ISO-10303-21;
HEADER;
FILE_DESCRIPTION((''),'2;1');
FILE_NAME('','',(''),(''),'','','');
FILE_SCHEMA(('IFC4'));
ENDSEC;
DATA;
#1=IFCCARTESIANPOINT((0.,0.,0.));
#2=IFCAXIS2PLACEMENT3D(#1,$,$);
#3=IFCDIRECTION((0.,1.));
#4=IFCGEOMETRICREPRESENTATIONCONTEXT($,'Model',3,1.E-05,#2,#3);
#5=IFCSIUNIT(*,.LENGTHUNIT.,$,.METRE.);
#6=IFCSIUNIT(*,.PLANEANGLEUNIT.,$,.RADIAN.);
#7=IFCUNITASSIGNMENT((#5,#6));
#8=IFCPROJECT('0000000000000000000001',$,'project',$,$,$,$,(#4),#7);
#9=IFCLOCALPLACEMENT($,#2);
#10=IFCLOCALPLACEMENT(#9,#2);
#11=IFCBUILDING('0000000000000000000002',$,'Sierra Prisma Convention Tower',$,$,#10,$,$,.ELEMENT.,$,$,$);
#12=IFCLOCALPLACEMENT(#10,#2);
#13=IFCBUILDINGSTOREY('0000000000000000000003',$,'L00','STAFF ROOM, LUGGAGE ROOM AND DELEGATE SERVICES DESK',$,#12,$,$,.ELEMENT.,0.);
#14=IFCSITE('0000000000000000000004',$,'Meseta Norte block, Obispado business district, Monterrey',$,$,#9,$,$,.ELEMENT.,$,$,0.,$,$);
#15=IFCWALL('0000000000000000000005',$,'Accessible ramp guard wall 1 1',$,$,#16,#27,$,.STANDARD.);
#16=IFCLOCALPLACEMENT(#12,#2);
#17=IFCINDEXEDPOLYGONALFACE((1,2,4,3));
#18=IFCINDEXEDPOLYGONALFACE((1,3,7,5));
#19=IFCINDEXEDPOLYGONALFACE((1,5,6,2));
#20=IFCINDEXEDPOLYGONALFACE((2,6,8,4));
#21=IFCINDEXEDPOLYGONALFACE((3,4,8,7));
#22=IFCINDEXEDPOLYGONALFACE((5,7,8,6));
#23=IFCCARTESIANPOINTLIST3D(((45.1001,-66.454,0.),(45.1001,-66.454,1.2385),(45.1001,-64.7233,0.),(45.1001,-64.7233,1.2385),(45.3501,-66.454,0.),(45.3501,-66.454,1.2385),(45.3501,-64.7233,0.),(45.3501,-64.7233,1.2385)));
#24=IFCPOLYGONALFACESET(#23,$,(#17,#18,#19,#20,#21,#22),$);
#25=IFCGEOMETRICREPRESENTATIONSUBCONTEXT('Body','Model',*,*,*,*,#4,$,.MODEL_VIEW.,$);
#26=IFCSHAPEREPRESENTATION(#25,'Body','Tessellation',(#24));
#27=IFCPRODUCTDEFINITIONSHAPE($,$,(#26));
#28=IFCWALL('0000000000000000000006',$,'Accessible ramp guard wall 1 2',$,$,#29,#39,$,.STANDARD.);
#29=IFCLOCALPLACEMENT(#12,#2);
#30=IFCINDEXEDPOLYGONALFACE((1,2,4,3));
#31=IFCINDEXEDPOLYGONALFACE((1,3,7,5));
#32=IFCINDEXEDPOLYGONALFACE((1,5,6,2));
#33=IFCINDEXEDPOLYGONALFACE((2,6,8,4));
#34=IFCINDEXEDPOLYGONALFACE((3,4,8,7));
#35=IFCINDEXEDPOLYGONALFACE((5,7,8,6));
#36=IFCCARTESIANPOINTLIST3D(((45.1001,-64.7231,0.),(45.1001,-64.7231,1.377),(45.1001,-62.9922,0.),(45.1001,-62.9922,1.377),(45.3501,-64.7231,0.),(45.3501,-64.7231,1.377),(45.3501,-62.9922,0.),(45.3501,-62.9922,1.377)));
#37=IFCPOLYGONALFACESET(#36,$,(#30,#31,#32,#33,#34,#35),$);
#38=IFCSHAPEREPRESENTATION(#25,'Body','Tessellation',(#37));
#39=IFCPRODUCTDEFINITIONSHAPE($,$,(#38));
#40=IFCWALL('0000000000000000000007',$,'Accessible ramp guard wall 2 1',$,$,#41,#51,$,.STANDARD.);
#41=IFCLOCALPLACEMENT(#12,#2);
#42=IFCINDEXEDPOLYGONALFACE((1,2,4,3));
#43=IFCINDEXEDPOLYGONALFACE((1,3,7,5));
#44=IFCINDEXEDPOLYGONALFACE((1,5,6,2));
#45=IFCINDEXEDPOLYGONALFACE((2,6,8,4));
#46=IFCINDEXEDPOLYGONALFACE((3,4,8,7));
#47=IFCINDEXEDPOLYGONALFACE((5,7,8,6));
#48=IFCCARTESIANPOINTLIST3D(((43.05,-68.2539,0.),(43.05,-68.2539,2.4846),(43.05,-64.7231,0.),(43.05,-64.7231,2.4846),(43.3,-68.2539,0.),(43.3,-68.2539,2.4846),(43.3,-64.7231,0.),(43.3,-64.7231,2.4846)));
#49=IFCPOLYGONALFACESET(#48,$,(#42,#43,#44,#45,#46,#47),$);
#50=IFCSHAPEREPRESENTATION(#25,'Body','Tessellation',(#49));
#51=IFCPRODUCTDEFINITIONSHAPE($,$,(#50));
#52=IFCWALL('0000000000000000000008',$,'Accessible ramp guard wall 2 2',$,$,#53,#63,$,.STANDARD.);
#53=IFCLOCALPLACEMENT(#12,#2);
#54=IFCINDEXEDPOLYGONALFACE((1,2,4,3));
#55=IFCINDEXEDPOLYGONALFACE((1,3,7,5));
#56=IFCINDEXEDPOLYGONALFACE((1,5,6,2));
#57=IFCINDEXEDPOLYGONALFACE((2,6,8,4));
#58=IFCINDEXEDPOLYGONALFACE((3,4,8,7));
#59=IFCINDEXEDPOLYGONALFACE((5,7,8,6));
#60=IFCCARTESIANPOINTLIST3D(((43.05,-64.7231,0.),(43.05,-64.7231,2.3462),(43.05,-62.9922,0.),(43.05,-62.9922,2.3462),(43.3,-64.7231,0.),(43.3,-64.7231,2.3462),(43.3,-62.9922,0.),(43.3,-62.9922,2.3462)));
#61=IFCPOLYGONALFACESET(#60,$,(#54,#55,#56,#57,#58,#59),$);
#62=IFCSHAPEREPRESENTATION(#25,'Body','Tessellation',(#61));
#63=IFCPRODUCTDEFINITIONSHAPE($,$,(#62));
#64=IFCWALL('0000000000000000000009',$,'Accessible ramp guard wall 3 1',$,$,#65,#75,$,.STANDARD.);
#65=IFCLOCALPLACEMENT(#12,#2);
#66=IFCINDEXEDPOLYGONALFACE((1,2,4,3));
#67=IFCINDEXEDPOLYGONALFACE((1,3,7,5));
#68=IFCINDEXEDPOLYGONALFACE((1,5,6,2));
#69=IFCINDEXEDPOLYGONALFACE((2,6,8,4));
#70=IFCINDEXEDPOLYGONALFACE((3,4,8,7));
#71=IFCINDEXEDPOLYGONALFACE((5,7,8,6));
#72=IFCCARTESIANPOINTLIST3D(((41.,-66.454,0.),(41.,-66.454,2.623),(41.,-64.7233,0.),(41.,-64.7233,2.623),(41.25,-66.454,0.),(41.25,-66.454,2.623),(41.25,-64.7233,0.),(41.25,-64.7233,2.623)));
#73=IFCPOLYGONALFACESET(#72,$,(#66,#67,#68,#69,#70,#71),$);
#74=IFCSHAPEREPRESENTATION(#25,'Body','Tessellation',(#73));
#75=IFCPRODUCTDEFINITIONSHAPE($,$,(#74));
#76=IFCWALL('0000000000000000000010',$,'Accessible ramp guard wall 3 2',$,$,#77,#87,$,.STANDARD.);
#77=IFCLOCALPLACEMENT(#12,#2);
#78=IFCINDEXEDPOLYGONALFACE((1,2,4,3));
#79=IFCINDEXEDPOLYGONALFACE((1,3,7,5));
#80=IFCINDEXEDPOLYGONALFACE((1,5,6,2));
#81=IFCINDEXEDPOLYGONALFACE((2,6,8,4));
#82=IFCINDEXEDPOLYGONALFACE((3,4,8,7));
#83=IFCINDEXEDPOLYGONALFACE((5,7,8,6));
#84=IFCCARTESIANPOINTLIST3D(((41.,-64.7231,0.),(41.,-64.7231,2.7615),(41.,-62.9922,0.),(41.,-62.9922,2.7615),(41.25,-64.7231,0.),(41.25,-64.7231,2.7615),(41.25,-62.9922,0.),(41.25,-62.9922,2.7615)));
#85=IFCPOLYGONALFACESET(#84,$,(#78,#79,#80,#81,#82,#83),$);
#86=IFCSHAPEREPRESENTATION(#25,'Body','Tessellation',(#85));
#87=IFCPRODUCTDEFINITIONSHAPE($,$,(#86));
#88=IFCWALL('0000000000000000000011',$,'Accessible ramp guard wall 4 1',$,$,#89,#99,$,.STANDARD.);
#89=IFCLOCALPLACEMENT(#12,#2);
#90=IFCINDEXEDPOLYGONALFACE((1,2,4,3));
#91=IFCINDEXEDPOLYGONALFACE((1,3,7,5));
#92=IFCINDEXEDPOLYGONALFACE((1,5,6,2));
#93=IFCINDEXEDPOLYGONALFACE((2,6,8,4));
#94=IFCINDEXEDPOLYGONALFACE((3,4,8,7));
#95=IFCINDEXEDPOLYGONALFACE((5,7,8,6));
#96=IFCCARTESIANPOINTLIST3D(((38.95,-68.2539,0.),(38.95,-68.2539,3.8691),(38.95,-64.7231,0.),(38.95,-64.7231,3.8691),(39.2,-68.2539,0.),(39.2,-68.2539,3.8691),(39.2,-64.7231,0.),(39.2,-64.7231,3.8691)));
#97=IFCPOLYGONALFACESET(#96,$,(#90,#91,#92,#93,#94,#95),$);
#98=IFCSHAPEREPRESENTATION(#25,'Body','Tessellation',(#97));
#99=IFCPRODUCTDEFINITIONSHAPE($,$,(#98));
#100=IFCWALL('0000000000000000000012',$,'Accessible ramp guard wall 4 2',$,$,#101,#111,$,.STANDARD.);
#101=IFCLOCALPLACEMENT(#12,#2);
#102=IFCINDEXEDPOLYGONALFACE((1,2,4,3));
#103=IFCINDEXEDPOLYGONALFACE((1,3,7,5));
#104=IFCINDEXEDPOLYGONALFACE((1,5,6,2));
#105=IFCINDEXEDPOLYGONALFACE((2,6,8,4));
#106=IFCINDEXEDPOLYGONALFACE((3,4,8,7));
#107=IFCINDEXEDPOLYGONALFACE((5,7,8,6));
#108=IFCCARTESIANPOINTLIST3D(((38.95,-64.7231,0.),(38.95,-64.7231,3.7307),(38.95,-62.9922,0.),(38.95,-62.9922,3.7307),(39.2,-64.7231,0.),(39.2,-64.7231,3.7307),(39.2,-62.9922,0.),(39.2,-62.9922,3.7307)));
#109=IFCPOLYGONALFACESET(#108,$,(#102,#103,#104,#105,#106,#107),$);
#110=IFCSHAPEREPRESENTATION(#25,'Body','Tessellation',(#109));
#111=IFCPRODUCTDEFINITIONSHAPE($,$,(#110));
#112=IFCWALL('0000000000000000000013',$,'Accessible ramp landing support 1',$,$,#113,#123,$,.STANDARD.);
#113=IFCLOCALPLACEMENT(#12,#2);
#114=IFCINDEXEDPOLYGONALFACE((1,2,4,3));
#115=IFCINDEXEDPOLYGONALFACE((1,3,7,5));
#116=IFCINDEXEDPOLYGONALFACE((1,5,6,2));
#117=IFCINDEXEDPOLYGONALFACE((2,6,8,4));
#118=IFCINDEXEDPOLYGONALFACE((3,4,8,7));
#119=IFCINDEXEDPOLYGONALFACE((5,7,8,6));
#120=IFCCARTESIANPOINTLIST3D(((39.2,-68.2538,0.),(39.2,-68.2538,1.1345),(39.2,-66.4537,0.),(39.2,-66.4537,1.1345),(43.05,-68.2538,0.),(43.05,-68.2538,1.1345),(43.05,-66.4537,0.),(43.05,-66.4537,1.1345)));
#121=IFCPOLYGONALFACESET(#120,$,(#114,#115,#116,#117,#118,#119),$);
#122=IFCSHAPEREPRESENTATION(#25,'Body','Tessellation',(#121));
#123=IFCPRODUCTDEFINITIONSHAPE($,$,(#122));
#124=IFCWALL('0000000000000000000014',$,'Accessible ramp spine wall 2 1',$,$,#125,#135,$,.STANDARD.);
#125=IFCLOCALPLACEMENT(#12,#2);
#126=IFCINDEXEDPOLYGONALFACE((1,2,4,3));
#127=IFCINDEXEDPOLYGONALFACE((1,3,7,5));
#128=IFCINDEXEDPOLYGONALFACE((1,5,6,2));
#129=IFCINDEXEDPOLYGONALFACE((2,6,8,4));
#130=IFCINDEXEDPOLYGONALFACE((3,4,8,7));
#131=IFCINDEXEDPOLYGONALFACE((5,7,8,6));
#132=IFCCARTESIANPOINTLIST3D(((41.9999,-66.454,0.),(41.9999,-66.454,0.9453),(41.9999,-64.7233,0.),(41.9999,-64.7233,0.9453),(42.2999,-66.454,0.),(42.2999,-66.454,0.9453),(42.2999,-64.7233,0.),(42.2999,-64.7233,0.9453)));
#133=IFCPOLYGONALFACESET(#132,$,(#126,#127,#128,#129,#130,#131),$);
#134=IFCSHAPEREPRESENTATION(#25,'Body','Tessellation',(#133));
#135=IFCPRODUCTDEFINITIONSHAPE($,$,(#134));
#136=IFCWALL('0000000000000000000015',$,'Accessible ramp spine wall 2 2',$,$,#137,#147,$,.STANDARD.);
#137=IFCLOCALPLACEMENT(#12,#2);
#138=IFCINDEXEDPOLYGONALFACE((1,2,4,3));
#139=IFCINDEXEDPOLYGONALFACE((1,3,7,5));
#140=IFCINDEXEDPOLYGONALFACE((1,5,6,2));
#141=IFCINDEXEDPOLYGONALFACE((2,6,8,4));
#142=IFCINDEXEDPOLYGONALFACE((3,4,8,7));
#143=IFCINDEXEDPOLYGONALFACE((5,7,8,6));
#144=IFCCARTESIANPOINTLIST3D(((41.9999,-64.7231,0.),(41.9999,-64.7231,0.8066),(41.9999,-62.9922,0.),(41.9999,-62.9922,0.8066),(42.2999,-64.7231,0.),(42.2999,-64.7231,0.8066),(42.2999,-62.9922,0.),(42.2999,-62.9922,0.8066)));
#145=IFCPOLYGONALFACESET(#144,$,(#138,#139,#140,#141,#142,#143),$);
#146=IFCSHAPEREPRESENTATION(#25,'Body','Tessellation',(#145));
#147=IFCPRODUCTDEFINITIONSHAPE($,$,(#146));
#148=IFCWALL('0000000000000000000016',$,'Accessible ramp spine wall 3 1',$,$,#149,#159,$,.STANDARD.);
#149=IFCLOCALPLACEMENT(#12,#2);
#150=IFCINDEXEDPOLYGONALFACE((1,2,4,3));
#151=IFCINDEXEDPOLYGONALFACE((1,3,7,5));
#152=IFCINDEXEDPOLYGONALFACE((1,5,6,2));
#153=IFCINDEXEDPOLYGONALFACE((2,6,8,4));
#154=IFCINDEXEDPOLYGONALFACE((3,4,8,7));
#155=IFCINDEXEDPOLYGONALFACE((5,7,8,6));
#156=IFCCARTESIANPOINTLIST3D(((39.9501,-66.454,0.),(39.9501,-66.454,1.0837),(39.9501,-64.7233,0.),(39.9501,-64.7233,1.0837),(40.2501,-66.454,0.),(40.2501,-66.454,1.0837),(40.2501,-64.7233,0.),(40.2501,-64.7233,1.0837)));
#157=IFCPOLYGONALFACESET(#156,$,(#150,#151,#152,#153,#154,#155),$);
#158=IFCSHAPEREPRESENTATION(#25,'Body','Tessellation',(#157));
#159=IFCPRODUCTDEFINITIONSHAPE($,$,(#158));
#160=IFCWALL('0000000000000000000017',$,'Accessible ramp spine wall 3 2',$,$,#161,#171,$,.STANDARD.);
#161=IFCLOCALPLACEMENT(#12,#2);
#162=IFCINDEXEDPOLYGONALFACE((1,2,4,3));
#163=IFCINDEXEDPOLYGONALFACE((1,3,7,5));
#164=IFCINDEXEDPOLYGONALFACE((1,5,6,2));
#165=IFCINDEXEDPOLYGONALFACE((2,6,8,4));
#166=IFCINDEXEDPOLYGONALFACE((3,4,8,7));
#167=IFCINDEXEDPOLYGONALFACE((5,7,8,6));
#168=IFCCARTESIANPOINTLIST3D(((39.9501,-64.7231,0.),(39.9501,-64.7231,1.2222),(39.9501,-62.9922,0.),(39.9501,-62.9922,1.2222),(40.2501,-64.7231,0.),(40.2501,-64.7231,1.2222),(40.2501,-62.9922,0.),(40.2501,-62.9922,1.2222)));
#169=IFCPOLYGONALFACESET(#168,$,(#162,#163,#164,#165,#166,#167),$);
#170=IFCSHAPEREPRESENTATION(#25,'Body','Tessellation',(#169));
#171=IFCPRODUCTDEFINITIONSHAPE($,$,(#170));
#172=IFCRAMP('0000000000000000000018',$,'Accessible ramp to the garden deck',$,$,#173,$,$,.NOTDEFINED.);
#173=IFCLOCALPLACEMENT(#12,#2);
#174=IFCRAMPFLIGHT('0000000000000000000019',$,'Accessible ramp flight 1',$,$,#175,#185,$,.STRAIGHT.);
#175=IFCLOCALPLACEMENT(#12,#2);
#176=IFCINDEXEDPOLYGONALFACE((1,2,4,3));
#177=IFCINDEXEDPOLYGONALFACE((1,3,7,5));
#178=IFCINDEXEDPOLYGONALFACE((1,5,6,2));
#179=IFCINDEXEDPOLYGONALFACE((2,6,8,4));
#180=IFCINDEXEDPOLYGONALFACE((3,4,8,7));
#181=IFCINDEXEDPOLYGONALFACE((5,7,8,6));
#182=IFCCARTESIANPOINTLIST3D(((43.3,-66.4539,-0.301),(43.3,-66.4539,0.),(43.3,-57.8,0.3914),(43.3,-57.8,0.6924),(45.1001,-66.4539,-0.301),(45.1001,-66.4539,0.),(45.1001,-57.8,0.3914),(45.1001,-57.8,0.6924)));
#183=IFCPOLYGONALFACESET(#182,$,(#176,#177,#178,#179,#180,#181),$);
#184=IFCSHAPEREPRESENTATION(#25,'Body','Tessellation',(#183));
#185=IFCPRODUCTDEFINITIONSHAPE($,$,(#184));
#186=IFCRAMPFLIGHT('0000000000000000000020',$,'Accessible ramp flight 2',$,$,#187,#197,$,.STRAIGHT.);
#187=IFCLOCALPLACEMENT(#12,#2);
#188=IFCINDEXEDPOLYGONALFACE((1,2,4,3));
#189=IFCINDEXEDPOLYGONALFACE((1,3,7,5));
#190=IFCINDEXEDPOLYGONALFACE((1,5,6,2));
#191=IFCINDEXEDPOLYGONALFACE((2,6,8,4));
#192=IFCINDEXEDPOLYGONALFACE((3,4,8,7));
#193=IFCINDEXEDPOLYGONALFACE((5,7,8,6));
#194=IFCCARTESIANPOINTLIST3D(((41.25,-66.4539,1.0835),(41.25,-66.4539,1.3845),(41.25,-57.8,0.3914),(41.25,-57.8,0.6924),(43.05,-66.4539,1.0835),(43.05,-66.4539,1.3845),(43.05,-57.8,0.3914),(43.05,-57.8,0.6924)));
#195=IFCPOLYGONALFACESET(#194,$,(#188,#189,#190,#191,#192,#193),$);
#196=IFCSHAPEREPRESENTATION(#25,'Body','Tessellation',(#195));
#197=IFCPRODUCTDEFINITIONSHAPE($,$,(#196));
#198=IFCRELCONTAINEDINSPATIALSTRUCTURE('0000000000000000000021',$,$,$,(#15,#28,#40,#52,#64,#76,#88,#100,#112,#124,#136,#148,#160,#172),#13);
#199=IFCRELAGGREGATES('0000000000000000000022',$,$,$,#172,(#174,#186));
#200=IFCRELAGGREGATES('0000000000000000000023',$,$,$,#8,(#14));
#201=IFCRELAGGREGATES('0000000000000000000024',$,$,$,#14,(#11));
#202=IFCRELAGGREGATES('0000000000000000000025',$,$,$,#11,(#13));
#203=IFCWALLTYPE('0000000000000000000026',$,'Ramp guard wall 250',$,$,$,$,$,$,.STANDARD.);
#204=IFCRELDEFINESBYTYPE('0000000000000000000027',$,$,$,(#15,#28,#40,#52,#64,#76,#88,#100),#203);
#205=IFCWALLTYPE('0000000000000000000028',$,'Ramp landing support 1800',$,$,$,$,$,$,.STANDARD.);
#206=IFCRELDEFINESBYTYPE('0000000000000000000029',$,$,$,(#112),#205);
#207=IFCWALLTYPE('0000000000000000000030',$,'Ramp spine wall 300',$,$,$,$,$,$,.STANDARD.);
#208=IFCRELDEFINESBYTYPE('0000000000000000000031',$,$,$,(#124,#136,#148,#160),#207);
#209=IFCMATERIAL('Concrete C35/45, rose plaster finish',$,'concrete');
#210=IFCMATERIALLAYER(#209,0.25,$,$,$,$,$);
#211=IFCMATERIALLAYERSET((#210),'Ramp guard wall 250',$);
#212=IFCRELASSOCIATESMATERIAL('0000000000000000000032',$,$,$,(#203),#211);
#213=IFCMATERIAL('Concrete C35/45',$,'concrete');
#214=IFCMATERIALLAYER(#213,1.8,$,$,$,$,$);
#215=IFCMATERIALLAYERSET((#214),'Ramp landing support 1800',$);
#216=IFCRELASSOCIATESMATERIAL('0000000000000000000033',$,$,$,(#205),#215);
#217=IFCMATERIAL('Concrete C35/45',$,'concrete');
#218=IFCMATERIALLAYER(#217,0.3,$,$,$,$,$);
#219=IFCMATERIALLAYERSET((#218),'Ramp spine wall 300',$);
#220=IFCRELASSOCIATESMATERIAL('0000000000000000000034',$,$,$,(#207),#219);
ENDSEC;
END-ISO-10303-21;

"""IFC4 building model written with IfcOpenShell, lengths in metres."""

from ifc_helpers import new_model, si_unit, direction, frame, frame_2d, origin, place, context, subcontext, project, spatial, polyline, rectangle, outline, extrude, material, layer, layer_set, type_object, element, aggregate, save


model = new_model("IFC4")

# Units and contexts
model_context = context("Model", 3, precision=1e-05, world=origin(), true_north=direction((0.0, 1.0)))
body_context = subcontext(model_context, "Body", "Model", "MODEL_VIEW")
ifc_project = project(units=[si_unit("LENGTHUNIT", "METRE"), si_unit("PLANEANGLEUNIT", "RADIAN")], contexts=[model_context])

# Site, building, storey
site_placement = place(None, origin())
site = spatial("IfcSite", under=ifc_project, at=site_placement, Name="Meseta Norte block, Obispado business district, Monterrey", CompositionType="ELEMENT", RefElevation=0.0)
building_placement = place(site_placement, origin())
building = spatial("IfcBuilding", under=site, at=building_placement, Name="Sierra Prisma Convention Tower", CompositionType="ELEMENT")
storey_placement = place(building_placement, origin())
storey = spatial("IfcBuildingStorey", under=building, at=storey_placement, Name="L00", Description="STAFF ROOM, LUGGAGE ROOM AND DELEGATE SERVICES DESK", CompositionType="ELEMENT", Elevation=0.0)

# Walls
ifc_material_1 = material(Name="Concrete C35/45, rose plaster finish", Category="concrete")
ifc_layer_1 = layer(ifc_material_1, 0.25)
ifc_layer_set_1 = layer_set([ifc_layer_1], Name="Ramp guard wall 250")
wall_type_1 = type_object("IfcWallType", Name="Ramp guard wall 250", PredefinedType="STANDARD", material=ifc_layer_set_1)
wall_1_placement = place(storey_placement, frame((45.2251, -66.4539, 0.0), z_axis=(0.0, 0.0, 1.0), x_axis=(0.0, 1.0, 0.0)))
element("IfcWall", 1, at=wall_1_placement, inside=storey, type_object=wall_type_1, Name="Accessible ramp guard wall 1 1", PredefinedType="STANDARD", context=body_context, shape_type="SweptSolid", body=[
    extrude(rectangle(XDim=1.7307, YDim=0.25, at=frame_2d((0.8652, 0.0))), origin(), (0.0, 0.0, 1.0), 1.2385),
])
wall_2_placement = place(storey_placement, frame((45.2251, -64.7231, 0.0), z_axis=(0.0, 0.0, 1.0), x_axis=(0.0, 1.0, 0.0)))
element("IfcWall", 2, at=wall_2_placement, inside=storey, type_object=wall_type_1, Name="Accessible ramp guard wall 1 2", PredefinedType="STANDARD", context=body_context, shape_type="SweptSolid", body=[
    extrude(rectangle(XDim=1.731, YDim=0.25, at=frame_2d((0.8655, 0.0))), origin(), (0.0, 0.0, 1.0), 1.377),
])
wall_3_placement = place(storey_placement, frame((43.175, -68.2539, 0.0), z_axis=(0.0, 0.0, 1.0), x_axis=(0.0, 1.0, 0.0)))
element("IfcWall", 3, at=wall_3_placement, inside=storey, type_object=wall_type_1, Name="Accessible ramp guard wall 2 1", PredefinedType="STANDARD", context=body_context, shape_type="SweptSolid", body=[
    extrude(rectangle(XDim=3.5308, YDim=0.25, at=frame_2d((1.7654, 0.0))), origin(), (0.0, 0.0, 1.0), 2.4846),
])
wall_4_placement = place(storey_placement, frame((43.175, -64.7231, 0.0), z_axis=(0.0, 0.0, 1.0), x_axis=(0.0, 1.0, 0.0)))
element("IfcWall", 4, at=wall_4_placement, inside=storey, type_object=wall_type_1, Name="Accessible ramp guard wall 2 2", PredefinedType="STANDARD", context=body_context, shape_type="SweptSolid", body=[
    extrude(rectangle(XDim=1.731, YDim=0.25, at=frame_2d((0.8655, 0.0))), origin(), (0.0, 0.0, 1.0), 2.3462),
])
wall_5_placement = place(storey_placement, frame((41.125, -66.4539, 0.0), z_axis=(0.0, 0.0, 1.0), x_axis=(0.0, 1.0, 0.0)))
element("IfcWall", 5, at=wall_5_placement, inside=storey, type_object=wall_type_1, Name="Accessible ramp guard wall 3 1", PredefinedType="STANDARD", context=body_context, shape_type="SweptSolid", body=[
    extrude(rectangle(XDim=1.7307, YDim=0.25, at=frame_2d((0.8652, 0.0))), origin(), (0.0, 0.0, 1.0), 2.623),
])
wall_6_placement = place(storey_placement, frame((41.125, -64.7231, 0.0), z_axis=(0.0, 0.0, 1.0), x_axis=(0.0, 1.0, 0.0)))
element("IfcWall", 6, at=wall_6_placement, inside=storey, type_object=wall_type_1, Name="Accessible ramp guard wall 3 2", PredefinedType="STANDARD", context=body_context, shape_type="SweptSolid", body=[
    extrude(rectangle(XDim=1.731, YDim=0.25, at=frame_2d((0.8655, 0.0))), origin(), (0.0, 0.0, 1.0), 2.7615),
])
wall_7_placement = place(storey_placement, frame((39.075, -68.2539, 0.0), z_axis=(0.0, 0.0, 1.0), x_axis=(0.0, 1.0, 0.0)))
element("IfcWall", 7, at=wall_7_placement, inside=storey, type_object=wall_type_1, Name="Accessible ramp guard wall 4 1", PredefinedType="STANDARD", context=body_context, shape_type="SweptSolid", body=[
    extrude(rectangle(XDim=3.5308, YDim=0.25, at=frame_2d((1.7654, 0.0))), origin(), (0.0, 0.0, 1.0), 3.8691),
])
wall_8_placement = place(storey_placement, frame((39.075, -64.7231, 0.0), z_axis=(0.0, 0.0, 1.0), x_axis=(0.0, 1.0, 0.0)))
element("IfcWall", 8, at=wall_8_placement, inside=storey, type_object=wall_type_1, Name="Accessible ramp guard wall 4 2", PredefinedType="STANDARD", context=body_context, shape_type="SweptSolid", body=[
    extrude(rectangle(XDim=1.731, YDim=0.25, at=frame_2d((0.8655, 0.0))), origin(), (0.0, 0.0, 1.0), 3.7307),
])
ifc_material_2 = material(Name="Concrete C35/45", Category="concrete")
ifc_layer_2 = layer(ifc_material_2, 1.8)
ifc_layer_set_2 = layer_set([ifc_layer_2], Name="Ramp landing support 1800")
wall_type_2 = type_object("IfcWallType", Name="Ramp landing support 1800", PredefinedType="STANDARD", material=ifc_layer_set_2)
wall_9_placement = place(storey_placement, frame((39.2, -67.3538, 0.0), z_axis=(0.0, 0.0, 1.0), x_axis=(1.0, 0.0, 0.0)))
element("IfcWall", 9, at=wall_9_placement, inside=storey, type_object=wall_type_2, Name="Accessible ramp landing support 1", PredefinedType="STANDARD", context=body_context, shape_type="SweptSolid", body=[
    extrude(rectangle(XDim=3.8501, YDim=1.8, at=frame_2d((1.925, 0.0))), origin(), (0.0, 0.0, 1.0), 1.1345),
])
ifc_material_3 = material(Name="Concrete C35/45", Category="concrete")
ifc_layer_3 = layer(ifc_material_3, 0.3)
ifc_layer_set_3 = layer_set([ifc_layer_3], Name="Ramp spine wall 300")
wall_type_3 = type_object("IfcWallType", Name="Ramp spine wall 300", PredefinedType="STANDARD", material=ifc_layer_set_3)
wall_10_placement = place(storey_placement, frame((42.1499, -66.4539, 0.0), z_axis=(0.0, 0.0, 1.0), x_axis=(0.0, 1.0, 0.0)))
element("IfcWall", 10, at=wall_10_placement, inside=storey, type_object=wall_type_3, Name="Accessible ramp spine wall 2 1", PredefinedType="STANDARD", context=body_context, shape_type="SweptSolid", body=[
    extrude(rectangle(XDim=1.7307, YDim=0.3, at=frame_2d((0.8652, 0.0))), origin(), (0.0, 0.0, 1.0), 0.9453),
])
wall_11_placement = place(storey_placement, frame((42.1499, -64.7231, 0.0), z_axis=(0.0, 0.0, 1.0), x_axis=(0.0, 1.0, 0.0)))
element("IfcWall", 11, at=wall_11_placement, inside=storey, type_object=wall_type_3, Name="Accessible ramp spine wall 2 2", PredefinedType="STANDARD", context=body_context, shape_type="SweptSolid", body=[
    extrude(rectangle(XDim=1.731, YDim=0.3, at=frame_2d((0.8655, 0.0))), origin(), (0.0, 0.0, 1.0), 0.8066),
])
wall_12_placement = place(storey_placement, frame((40.1001, -66.4539, 0.0), z_axis=(0.0, 0.0, 1.0), x_axis=(0.0, 1.0, 0.0)))
element("IfcWall", 12, at=wall_12_placement, inside=storey, type_object=wall_type_3, Name="Accessible ramp spine wall 3 1", PredefinedType="STANDARD", context=body_context, shape_type="SweptSolid", body=[
    extrude(rectangle(XDim=1.7307, YDim=0.3, at=frame_2d((0.8652, 0.0))), origin(), (0.0, 0.0, 1.0), 1.0837),
])
wall_13_placement = place(storey_placement, frame((40.1001, -64.7231, 0.0), z_axis=(0.0, 0.0, 1.0), x_axis=(0.0, 1.0, 0.0)))
element("IfcWall", 13, at=wall_13_placement, inside=storey, type_object=wall_type_3, Name="Accessible ramp spine wall 3 2", PredefinedType="STANDARD", context=body_context, shape_type="SweptSolid", body=[
    extrude(rectangle(XDim=1.731, YDim=0.3, at=frame_2d((0.8655, 0.0))), origin(), (0.0, 0.0, 1.0), 1.2222),
])

# Ramp, ramp flights
ramp_placement = place(storey_placement, origin())
ramp = element("IfcRamp", 14, at=ramp_placement, inside=storey, Name="Accessible ramp to the garden deck", PredefinedType="NOTDEFINED")
ramp_flight_1_placement = place(storey_placement, frame((43.3, -66.4539, 0.0), z_axis=(0.0, 0.0, 1.0), x_axis=(0.0, 1.0, 0.0)))
ramp_flight_1 = element("IfcRampFlight", 15, at=ramp_flight_1_placement, Name="Accessible ramp flight 1", PredefinedType="STRAIGHT", context=body_context, shape_type="SweptSolid", body=[
    extrude(outline(polyline([(0.0, -0.301), (8.6538, 0.3914), (8.6538, 0.6924), (0.0, 0.0), (0.0, -0.301)])), frame((0.0, 0.0, 0.0), z_axis=(0.0, -1.0, 0.0), x_axis=(1.0, 0.0, 0.0)), (0.0, 0.0, 1.0), 1.8),
])
ramp_flight_2_placement = place(storey_placement, frame((41.25, -66.4539, 1.3845), z_axis=(0.0, 0.0, 1.0), x_axis=(0.0, 1.0, 0.0)))
ramp_flight_2 = element("IfcRampFlight", 16, at=ramp_flight_2_placement, Name="Accessible ramp flight 2", PredefinedType="STRAIGHT", context=body_context, shape_type="SweptSolid", body=[
    extrude(outline(polyline([(0.0, -0.301), (8.6538, -0.9932), (8.6538, -0.6921), (0.0, 0.0), (0.0, -0.301)])), frame((0.0, 0.0, 0.0), z_axis=(0.0, -1.0, 0.0), x_axis=(1.0, 0.0, 0.0)), (0.0, 0.0, 1.0), 1.8),
])
aggregate(ramp, [ramp_flight_1, ramp_flight_2])

save(model, "model.ifc")
